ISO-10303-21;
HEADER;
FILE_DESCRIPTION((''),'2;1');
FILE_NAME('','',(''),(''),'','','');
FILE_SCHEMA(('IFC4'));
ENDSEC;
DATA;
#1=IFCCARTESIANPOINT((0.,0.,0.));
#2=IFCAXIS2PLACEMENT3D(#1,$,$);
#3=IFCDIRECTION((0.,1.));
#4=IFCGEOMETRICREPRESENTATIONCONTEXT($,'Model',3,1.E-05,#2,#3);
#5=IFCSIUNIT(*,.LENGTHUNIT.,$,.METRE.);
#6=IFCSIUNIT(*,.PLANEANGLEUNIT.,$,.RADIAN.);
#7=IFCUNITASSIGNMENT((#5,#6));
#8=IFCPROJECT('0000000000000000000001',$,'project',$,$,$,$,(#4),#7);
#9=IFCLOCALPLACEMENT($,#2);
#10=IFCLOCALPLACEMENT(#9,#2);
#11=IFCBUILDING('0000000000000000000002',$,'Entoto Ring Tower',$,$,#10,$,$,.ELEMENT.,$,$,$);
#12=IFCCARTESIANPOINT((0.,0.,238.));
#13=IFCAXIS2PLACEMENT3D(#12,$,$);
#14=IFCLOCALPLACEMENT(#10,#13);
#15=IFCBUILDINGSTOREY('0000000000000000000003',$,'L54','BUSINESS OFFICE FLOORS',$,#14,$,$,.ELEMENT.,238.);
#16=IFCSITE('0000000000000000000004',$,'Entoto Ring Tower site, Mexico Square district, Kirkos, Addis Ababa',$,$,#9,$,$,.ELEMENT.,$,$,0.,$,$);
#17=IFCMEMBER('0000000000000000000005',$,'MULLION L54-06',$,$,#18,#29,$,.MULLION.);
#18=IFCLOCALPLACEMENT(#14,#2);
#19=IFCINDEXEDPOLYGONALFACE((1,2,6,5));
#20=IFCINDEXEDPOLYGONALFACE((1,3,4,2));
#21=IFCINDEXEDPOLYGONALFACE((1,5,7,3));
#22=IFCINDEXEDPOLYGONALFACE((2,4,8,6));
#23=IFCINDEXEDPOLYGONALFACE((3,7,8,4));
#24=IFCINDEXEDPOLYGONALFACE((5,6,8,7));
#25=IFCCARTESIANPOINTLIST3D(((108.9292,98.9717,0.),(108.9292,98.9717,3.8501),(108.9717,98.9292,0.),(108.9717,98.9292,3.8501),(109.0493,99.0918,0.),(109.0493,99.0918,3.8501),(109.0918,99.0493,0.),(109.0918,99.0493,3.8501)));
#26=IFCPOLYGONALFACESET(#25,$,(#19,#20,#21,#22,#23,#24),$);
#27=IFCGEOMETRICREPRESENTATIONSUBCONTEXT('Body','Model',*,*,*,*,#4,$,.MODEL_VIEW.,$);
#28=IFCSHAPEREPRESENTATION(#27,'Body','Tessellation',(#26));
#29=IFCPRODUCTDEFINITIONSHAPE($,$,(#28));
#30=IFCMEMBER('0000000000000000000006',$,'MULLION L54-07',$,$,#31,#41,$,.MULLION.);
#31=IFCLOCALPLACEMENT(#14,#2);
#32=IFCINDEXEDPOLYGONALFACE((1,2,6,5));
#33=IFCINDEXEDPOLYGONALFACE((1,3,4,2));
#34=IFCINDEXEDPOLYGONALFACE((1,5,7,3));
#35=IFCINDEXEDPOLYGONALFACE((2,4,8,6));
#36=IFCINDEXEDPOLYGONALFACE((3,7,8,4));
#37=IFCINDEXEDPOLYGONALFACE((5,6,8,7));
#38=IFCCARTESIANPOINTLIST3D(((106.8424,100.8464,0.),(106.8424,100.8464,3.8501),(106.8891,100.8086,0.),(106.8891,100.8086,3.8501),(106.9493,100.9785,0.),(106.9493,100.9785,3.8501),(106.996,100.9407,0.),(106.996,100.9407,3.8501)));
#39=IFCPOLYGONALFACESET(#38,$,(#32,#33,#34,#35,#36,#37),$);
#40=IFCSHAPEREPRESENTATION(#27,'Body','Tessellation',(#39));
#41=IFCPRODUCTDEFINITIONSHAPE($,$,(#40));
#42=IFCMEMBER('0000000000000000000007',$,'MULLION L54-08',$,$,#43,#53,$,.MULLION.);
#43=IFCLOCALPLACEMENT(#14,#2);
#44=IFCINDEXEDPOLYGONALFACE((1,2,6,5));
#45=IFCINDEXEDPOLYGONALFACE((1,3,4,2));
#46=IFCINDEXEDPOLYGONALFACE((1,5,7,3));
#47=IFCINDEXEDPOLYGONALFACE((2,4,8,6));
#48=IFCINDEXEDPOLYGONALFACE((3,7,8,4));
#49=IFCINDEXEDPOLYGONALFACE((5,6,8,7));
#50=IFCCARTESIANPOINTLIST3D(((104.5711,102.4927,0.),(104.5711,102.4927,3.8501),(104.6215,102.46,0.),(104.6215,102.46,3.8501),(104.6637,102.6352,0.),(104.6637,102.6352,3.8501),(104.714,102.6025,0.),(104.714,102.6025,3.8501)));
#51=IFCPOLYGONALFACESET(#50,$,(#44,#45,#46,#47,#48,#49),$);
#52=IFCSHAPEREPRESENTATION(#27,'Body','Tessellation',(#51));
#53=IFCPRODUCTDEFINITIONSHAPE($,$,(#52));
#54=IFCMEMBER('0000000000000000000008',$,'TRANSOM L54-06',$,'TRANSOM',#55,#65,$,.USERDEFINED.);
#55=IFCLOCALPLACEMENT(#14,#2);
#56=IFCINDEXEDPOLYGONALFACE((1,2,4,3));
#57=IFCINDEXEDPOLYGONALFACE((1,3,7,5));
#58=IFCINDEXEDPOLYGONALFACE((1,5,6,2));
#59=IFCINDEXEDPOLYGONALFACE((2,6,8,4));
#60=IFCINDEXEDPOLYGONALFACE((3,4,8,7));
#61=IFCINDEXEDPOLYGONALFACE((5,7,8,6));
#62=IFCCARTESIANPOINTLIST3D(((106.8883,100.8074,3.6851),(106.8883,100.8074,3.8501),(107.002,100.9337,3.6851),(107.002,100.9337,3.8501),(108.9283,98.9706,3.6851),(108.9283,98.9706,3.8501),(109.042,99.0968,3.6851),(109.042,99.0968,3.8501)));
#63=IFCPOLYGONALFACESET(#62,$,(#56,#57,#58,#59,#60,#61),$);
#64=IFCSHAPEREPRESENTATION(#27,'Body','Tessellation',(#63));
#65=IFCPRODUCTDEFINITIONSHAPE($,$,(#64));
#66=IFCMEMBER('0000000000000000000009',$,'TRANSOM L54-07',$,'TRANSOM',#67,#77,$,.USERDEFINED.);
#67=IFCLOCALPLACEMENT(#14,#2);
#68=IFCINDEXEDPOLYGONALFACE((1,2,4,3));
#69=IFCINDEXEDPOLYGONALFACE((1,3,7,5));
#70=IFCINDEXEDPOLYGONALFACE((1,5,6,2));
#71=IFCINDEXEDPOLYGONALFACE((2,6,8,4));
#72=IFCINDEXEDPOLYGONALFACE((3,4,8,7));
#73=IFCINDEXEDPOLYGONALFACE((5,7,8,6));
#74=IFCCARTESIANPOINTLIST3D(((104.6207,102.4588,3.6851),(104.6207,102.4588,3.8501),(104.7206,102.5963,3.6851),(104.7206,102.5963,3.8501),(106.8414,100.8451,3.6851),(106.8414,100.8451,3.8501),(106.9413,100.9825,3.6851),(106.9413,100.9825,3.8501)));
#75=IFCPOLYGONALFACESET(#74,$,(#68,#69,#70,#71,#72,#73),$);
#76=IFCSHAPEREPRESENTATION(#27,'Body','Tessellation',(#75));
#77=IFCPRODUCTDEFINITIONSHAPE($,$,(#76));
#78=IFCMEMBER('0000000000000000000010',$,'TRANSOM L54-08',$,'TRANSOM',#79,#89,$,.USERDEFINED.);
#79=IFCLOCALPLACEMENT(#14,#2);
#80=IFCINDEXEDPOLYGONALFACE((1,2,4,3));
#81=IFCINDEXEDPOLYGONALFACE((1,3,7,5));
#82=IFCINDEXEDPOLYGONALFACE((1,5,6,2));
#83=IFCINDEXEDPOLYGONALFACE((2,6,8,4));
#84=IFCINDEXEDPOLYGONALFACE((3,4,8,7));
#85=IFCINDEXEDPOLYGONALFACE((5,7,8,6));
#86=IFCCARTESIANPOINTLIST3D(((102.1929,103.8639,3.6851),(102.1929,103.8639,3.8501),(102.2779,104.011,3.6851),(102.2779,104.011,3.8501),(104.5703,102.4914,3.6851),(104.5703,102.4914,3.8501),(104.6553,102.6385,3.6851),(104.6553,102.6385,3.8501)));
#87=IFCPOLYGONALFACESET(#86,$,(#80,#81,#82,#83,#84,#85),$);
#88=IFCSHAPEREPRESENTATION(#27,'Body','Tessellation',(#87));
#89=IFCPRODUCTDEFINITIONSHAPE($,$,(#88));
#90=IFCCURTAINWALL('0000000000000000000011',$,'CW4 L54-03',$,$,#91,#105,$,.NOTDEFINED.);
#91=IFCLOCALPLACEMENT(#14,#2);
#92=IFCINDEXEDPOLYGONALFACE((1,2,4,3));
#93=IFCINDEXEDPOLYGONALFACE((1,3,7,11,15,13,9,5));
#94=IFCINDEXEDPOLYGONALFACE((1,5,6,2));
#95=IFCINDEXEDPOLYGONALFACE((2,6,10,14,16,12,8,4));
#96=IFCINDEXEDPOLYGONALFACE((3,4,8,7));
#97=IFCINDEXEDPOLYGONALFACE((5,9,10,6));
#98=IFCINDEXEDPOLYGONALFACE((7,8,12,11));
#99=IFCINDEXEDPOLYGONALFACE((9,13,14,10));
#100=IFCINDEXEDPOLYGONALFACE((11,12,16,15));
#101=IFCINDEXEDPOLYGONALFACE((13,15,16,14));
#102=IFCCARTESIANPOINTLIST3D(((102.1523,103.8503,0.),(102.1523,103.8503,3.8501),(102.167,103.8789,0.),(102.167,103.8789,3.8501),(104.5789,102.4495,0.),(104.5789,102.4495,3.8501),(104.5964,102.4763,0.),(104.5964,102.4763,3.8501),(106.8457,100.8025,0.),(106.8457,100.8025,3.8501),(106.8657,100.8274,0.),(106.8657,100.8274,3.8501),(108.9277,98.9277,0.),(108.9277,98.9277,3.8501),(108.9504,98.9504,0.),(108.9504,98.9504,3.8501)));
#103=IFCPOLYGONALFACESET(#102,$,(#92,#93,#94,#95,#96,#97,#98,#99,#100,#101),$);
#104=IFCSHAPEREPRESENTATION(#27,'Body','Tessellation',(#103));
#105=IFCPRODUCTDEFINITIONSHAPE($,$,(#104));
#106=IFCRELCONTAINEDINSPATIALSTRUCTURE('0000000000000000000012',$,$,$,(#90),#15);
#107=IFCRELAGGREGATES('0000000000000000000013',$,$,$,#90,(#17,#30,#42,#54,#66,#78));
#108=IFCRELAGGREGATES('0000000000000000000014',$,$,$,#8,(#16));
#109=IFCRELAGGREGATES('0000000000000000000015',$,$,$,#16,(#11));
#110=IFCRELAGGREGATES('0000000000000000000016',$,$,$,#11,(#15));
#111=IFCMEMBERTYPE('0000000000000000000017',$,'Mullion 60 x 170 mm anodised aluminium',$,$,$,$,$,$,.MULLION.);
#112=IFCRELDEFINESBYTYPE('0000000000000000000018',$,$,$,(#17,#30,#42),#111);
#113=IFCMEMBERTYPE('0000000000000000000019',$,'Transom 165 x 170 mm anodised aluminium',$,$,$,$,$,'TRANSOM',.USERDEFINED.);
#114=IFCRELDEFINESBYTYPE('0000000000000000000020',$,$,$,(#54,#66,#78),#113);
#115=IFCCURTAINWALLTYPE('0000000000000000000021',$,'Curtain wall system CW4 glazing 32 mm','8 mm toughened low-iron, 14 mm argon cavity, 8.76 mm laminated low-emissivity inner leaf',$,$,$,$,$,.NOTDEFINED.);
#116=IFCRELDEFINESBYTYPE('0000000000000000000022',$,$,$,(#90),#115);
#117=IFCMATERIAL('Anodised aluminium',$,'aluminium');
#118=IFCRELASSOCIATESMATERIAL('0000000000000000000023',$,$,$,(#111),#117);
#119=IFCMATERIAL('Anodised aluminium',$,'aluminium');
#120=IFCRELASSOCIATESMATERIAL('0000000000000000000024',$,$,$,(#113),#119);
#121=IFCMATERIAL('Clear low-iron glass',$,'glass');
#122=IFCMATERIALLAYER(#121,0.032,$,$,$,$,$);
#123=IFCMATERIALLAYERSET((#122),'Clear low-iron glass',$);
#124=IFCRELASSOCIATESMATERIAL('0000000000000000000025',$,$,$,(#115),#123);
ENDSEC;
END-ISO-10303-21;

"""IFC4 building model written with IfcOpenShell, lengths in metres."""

from ifc_helpers import new_model, si_unit, direction, frame, origin, origin_2d, place, context, subcontext, project, spatial, polyline, rectangle, outline, extrude, material, layer, layer_set, material_profile, profile_set, type_object, element, aggregate, save


model = new_model("IFC4")

# Units and contexts
model_context = context("Model", 3, precision=1e-05, world=origin(), true_north=direction((0.0, 1.0)))
body_context = subcontext(model_context, "Body", "Model", "MODEL_VIEW")
ifc_project = project(units=[si_unit("LENGTHUNIT", "METRE"), si_unit("PLANEANGLEUNIT", "RADIAN")], contexts=[model_context])

# Members
ifc_material_1 = material(Name="Anodised aluminium", Category="aluminium")
ifc_material_profile_1 = material_profile(ifc_material_1, rectangle(XDim=0.0601, YDim=0.1699, at=origin_2d()), Name="Mullion 60 x 170 mm anodised aluminium")
ifc_profile_set_1 = profile_set([ifc_material_profile_1], Name="Anodised aluminium")
member_type_1 = type_object("IfcMemberType", Name="Mullion 60 x 170 mm anodised aluminium", PredefinedType="MULLION", material=ifc_profile_set_1)
site_placement = place(None, origin())
building_placement = place(site_placement, origin())
storey_placement = place(building_placement, frame((0.0, 0.0, 238.0)))
member_1_placement = place(storey_placement, frame((109.0105, 99.0105, 0.0), z_axis=(0.0, 0.0, 1.0), x_axis=(-0.707107, 0.707107, 0.0)))
member_1 = element("IfcMember", 1, at=member_1_placement, type_object=member_type_1, Name="MULLION L54-06", PredefinedType="MULLION", context=body_context, shape_type="SweptSolid", body=[
    extrude(rectangle(XDim=0.0601, YDim=0.1699, at=origin_2d()), origin(), (0.0, 0.0, 1.0), 3.8501),
])
member_2_placement = place(storey_placement, frame((106.9192, 100.8936, 0.0), z_axis=(0.0, 0.0, 1.0), x_axis=(-0.777146, 0.62932, 0.0)))
member_2 = element("IfcMember", 2, at=member_2_placement, type_object=member_type_1, Name="MULLION L54-07", PredefinedType="MULLION", context=body_context, shape_type="SweptSolid", body=[
    extrude(rectangle(XDim=0.0601, YDim=0.1699, at=origin_2d()), origin(), (0.0, 0.0, 1.0), 3.8501),
])
member_3_placement = place(storey_placement, frame((104.6426, 102.5476, 0.0), z_axis=(0.0, 0.0, 1.0), x_axis=(-0.838671, 0.544639, 0.0)))
member_3 = element("IfcMember", 3, at=member_3_placement, type_object=member_type_1, Name="MULLION L54-08", PredefinedType="MULLION", context=body_context, shape_type="SweptSolid", body=[
    extrude(rectangle(XDim=0.0601, YDim=0.1699, at=origin_2d()), origin(), (0.0, 0.0, 1.0), 3.8501),
])
ifc_material_2 = material(Name="Anodised aluminium", Category="aluminium")
ifc_material_profile_2 = material_profile(ifc_material_2, rectangle(XDim=0.1699, YDim=0.165, at=origin_2d()), Name="Transom 165 x 170 mm anodised aluminium")
ifc_profile_set_2 = profile_set([ifc_material_profile_2], Name="Anodised aluminium")
member_type_2 = type_object("IfcMemberType", Name="Transom 165 x 170 mm anodised aluminium", ElementType="TRANSOM", PredefinedType="USERDEFINED", material=ifc_profile_set_2)
member_4_placement = place(storey_placement, frame((108.9851, 99.0337, 3.7676), z_axis=(-0.743135, 0.669142, 0.0), x_axis=(-0.669142, -0.743135, 0.0)))
member_4 = element("IfcMember", 4, at=member_4_placement, type_object=member_type_2, Name="TRANSOM L54-06", ObjectType="TRANSOM", PredefinedType="USERDEFINED", context=body_context, shape_type="SweptSolid", body=[
    extrude(rectangle(XDim=0.1699, YDim=0.165, at=origin_2d()), origin(), (0.0, 0.0, 1.0), 2.7451),
])
member_5_placement = place(storey_placement, frame((106.8914, 100.9138, 3.7676), z_axis=(-0.808959, 0.587865, 0.0), x_axis=(-0.587865, -0.808959, 0.0)))
member_5 = element("IfcMember", 5, at=member_5_placement, type_object=member_type_2, Name="TRANSOM L54-07", ObjectType="TRANSOM", PredefinedType="USERDEFINED", context=body_context, shape_type="SweptSolid", body=[
    extrude(rectangle(XDim=0.1699, YDim=0.165, at=origin_2d()), origin(), (0.0, 0.0, 1.0), 2.7451),
])
member_6_placement = place(storey_placement, frame((104.6128, 102.5649, 3.7676), z_axis=(-0.866035, 0.499984, 0.0), x_axis=(-0.499984, -0.866035, 0.0)))
member_6 = element("IfcMember", 6, at=member_6_placement, type_object=member_type_2, Name="TRANSOM L54-08", ObjectType="TRANSOM", PredefinedType="USERDEFINED", context=body_context, shape_type="SweptSolid", body=[
    extrude(rectangle(XDim=0.1699, YDim=0.165, at=origin_2d()), origin(), (0.0, 0.0, 1.0), 2.7451),
])

# Site, building, storey
site = spatial("IfcSite", under=ifc_project, at=site_placement, Name="Entoto Ring Tower site, Mexico Square district, Kirkos, Addis Ababa", CompositionType="ELEMENT", RefElevation=0.0)
building = spatial("IfcBuilding", under=site, at=building_placement, Name="Entoto Ring Tower", CompositionType="ELEMENT")
storey = spatial("IfcBuildingStorey", under=building, at=storey_placement, Name="L54", Description="BUSINESS OFFICE FLOORS", CompositionType="ELEMENT", Elevation=238.0)

# Curtain wall
ifc_material_3 = material(Name="Clear low-iron glass", Category="glass")
ifc_layer = layer(ifc_material_3, 0.032)
ifc_layer_set = layer_set([ifc_layer], Name="Clear low-iron glass")
curtain_wall_type = type_object("IfcCurtainWallType", Name="Curtain wall system CW4 glazing 32 mm", Description="8 mm toughened low-iron, 14 mm argon cavity, 8.76 mm laminated low-emissivity inner leaf", PredefinedType="NOTDEFINED", material=ifc_layer_set)
curtain_wall_1_placement = place(storey_placement, origin())
curtain_wall_1 = element("IfcCurtainWall", 7, at=curtain_wall_1_placement, inside=storey, type_object=curtain_wall_type, Name="CW4 L54-03", PredefinedType="NOTDEFINED", context=body_context, shape_type="SweptSolid", body=[
    extrude(outline(polyline([(108.9504, 98.9504), (106.8657, 100.8274), (104.5964, 102.4763), (102.167, 103.8789), (102.1523, 103.8503), (104.5789, 102.4495), (106.8457, 100.8025), (108.9277, 98.9277), (108.9504, 98.9504)])), origin(), (0.0, 0.0, 1.0), 3.8501),
])
aggregate(curtain_wall_1, [member_1, member_2, member_3, member_4, member_5, member_6])

save(model, "model.ifc")
